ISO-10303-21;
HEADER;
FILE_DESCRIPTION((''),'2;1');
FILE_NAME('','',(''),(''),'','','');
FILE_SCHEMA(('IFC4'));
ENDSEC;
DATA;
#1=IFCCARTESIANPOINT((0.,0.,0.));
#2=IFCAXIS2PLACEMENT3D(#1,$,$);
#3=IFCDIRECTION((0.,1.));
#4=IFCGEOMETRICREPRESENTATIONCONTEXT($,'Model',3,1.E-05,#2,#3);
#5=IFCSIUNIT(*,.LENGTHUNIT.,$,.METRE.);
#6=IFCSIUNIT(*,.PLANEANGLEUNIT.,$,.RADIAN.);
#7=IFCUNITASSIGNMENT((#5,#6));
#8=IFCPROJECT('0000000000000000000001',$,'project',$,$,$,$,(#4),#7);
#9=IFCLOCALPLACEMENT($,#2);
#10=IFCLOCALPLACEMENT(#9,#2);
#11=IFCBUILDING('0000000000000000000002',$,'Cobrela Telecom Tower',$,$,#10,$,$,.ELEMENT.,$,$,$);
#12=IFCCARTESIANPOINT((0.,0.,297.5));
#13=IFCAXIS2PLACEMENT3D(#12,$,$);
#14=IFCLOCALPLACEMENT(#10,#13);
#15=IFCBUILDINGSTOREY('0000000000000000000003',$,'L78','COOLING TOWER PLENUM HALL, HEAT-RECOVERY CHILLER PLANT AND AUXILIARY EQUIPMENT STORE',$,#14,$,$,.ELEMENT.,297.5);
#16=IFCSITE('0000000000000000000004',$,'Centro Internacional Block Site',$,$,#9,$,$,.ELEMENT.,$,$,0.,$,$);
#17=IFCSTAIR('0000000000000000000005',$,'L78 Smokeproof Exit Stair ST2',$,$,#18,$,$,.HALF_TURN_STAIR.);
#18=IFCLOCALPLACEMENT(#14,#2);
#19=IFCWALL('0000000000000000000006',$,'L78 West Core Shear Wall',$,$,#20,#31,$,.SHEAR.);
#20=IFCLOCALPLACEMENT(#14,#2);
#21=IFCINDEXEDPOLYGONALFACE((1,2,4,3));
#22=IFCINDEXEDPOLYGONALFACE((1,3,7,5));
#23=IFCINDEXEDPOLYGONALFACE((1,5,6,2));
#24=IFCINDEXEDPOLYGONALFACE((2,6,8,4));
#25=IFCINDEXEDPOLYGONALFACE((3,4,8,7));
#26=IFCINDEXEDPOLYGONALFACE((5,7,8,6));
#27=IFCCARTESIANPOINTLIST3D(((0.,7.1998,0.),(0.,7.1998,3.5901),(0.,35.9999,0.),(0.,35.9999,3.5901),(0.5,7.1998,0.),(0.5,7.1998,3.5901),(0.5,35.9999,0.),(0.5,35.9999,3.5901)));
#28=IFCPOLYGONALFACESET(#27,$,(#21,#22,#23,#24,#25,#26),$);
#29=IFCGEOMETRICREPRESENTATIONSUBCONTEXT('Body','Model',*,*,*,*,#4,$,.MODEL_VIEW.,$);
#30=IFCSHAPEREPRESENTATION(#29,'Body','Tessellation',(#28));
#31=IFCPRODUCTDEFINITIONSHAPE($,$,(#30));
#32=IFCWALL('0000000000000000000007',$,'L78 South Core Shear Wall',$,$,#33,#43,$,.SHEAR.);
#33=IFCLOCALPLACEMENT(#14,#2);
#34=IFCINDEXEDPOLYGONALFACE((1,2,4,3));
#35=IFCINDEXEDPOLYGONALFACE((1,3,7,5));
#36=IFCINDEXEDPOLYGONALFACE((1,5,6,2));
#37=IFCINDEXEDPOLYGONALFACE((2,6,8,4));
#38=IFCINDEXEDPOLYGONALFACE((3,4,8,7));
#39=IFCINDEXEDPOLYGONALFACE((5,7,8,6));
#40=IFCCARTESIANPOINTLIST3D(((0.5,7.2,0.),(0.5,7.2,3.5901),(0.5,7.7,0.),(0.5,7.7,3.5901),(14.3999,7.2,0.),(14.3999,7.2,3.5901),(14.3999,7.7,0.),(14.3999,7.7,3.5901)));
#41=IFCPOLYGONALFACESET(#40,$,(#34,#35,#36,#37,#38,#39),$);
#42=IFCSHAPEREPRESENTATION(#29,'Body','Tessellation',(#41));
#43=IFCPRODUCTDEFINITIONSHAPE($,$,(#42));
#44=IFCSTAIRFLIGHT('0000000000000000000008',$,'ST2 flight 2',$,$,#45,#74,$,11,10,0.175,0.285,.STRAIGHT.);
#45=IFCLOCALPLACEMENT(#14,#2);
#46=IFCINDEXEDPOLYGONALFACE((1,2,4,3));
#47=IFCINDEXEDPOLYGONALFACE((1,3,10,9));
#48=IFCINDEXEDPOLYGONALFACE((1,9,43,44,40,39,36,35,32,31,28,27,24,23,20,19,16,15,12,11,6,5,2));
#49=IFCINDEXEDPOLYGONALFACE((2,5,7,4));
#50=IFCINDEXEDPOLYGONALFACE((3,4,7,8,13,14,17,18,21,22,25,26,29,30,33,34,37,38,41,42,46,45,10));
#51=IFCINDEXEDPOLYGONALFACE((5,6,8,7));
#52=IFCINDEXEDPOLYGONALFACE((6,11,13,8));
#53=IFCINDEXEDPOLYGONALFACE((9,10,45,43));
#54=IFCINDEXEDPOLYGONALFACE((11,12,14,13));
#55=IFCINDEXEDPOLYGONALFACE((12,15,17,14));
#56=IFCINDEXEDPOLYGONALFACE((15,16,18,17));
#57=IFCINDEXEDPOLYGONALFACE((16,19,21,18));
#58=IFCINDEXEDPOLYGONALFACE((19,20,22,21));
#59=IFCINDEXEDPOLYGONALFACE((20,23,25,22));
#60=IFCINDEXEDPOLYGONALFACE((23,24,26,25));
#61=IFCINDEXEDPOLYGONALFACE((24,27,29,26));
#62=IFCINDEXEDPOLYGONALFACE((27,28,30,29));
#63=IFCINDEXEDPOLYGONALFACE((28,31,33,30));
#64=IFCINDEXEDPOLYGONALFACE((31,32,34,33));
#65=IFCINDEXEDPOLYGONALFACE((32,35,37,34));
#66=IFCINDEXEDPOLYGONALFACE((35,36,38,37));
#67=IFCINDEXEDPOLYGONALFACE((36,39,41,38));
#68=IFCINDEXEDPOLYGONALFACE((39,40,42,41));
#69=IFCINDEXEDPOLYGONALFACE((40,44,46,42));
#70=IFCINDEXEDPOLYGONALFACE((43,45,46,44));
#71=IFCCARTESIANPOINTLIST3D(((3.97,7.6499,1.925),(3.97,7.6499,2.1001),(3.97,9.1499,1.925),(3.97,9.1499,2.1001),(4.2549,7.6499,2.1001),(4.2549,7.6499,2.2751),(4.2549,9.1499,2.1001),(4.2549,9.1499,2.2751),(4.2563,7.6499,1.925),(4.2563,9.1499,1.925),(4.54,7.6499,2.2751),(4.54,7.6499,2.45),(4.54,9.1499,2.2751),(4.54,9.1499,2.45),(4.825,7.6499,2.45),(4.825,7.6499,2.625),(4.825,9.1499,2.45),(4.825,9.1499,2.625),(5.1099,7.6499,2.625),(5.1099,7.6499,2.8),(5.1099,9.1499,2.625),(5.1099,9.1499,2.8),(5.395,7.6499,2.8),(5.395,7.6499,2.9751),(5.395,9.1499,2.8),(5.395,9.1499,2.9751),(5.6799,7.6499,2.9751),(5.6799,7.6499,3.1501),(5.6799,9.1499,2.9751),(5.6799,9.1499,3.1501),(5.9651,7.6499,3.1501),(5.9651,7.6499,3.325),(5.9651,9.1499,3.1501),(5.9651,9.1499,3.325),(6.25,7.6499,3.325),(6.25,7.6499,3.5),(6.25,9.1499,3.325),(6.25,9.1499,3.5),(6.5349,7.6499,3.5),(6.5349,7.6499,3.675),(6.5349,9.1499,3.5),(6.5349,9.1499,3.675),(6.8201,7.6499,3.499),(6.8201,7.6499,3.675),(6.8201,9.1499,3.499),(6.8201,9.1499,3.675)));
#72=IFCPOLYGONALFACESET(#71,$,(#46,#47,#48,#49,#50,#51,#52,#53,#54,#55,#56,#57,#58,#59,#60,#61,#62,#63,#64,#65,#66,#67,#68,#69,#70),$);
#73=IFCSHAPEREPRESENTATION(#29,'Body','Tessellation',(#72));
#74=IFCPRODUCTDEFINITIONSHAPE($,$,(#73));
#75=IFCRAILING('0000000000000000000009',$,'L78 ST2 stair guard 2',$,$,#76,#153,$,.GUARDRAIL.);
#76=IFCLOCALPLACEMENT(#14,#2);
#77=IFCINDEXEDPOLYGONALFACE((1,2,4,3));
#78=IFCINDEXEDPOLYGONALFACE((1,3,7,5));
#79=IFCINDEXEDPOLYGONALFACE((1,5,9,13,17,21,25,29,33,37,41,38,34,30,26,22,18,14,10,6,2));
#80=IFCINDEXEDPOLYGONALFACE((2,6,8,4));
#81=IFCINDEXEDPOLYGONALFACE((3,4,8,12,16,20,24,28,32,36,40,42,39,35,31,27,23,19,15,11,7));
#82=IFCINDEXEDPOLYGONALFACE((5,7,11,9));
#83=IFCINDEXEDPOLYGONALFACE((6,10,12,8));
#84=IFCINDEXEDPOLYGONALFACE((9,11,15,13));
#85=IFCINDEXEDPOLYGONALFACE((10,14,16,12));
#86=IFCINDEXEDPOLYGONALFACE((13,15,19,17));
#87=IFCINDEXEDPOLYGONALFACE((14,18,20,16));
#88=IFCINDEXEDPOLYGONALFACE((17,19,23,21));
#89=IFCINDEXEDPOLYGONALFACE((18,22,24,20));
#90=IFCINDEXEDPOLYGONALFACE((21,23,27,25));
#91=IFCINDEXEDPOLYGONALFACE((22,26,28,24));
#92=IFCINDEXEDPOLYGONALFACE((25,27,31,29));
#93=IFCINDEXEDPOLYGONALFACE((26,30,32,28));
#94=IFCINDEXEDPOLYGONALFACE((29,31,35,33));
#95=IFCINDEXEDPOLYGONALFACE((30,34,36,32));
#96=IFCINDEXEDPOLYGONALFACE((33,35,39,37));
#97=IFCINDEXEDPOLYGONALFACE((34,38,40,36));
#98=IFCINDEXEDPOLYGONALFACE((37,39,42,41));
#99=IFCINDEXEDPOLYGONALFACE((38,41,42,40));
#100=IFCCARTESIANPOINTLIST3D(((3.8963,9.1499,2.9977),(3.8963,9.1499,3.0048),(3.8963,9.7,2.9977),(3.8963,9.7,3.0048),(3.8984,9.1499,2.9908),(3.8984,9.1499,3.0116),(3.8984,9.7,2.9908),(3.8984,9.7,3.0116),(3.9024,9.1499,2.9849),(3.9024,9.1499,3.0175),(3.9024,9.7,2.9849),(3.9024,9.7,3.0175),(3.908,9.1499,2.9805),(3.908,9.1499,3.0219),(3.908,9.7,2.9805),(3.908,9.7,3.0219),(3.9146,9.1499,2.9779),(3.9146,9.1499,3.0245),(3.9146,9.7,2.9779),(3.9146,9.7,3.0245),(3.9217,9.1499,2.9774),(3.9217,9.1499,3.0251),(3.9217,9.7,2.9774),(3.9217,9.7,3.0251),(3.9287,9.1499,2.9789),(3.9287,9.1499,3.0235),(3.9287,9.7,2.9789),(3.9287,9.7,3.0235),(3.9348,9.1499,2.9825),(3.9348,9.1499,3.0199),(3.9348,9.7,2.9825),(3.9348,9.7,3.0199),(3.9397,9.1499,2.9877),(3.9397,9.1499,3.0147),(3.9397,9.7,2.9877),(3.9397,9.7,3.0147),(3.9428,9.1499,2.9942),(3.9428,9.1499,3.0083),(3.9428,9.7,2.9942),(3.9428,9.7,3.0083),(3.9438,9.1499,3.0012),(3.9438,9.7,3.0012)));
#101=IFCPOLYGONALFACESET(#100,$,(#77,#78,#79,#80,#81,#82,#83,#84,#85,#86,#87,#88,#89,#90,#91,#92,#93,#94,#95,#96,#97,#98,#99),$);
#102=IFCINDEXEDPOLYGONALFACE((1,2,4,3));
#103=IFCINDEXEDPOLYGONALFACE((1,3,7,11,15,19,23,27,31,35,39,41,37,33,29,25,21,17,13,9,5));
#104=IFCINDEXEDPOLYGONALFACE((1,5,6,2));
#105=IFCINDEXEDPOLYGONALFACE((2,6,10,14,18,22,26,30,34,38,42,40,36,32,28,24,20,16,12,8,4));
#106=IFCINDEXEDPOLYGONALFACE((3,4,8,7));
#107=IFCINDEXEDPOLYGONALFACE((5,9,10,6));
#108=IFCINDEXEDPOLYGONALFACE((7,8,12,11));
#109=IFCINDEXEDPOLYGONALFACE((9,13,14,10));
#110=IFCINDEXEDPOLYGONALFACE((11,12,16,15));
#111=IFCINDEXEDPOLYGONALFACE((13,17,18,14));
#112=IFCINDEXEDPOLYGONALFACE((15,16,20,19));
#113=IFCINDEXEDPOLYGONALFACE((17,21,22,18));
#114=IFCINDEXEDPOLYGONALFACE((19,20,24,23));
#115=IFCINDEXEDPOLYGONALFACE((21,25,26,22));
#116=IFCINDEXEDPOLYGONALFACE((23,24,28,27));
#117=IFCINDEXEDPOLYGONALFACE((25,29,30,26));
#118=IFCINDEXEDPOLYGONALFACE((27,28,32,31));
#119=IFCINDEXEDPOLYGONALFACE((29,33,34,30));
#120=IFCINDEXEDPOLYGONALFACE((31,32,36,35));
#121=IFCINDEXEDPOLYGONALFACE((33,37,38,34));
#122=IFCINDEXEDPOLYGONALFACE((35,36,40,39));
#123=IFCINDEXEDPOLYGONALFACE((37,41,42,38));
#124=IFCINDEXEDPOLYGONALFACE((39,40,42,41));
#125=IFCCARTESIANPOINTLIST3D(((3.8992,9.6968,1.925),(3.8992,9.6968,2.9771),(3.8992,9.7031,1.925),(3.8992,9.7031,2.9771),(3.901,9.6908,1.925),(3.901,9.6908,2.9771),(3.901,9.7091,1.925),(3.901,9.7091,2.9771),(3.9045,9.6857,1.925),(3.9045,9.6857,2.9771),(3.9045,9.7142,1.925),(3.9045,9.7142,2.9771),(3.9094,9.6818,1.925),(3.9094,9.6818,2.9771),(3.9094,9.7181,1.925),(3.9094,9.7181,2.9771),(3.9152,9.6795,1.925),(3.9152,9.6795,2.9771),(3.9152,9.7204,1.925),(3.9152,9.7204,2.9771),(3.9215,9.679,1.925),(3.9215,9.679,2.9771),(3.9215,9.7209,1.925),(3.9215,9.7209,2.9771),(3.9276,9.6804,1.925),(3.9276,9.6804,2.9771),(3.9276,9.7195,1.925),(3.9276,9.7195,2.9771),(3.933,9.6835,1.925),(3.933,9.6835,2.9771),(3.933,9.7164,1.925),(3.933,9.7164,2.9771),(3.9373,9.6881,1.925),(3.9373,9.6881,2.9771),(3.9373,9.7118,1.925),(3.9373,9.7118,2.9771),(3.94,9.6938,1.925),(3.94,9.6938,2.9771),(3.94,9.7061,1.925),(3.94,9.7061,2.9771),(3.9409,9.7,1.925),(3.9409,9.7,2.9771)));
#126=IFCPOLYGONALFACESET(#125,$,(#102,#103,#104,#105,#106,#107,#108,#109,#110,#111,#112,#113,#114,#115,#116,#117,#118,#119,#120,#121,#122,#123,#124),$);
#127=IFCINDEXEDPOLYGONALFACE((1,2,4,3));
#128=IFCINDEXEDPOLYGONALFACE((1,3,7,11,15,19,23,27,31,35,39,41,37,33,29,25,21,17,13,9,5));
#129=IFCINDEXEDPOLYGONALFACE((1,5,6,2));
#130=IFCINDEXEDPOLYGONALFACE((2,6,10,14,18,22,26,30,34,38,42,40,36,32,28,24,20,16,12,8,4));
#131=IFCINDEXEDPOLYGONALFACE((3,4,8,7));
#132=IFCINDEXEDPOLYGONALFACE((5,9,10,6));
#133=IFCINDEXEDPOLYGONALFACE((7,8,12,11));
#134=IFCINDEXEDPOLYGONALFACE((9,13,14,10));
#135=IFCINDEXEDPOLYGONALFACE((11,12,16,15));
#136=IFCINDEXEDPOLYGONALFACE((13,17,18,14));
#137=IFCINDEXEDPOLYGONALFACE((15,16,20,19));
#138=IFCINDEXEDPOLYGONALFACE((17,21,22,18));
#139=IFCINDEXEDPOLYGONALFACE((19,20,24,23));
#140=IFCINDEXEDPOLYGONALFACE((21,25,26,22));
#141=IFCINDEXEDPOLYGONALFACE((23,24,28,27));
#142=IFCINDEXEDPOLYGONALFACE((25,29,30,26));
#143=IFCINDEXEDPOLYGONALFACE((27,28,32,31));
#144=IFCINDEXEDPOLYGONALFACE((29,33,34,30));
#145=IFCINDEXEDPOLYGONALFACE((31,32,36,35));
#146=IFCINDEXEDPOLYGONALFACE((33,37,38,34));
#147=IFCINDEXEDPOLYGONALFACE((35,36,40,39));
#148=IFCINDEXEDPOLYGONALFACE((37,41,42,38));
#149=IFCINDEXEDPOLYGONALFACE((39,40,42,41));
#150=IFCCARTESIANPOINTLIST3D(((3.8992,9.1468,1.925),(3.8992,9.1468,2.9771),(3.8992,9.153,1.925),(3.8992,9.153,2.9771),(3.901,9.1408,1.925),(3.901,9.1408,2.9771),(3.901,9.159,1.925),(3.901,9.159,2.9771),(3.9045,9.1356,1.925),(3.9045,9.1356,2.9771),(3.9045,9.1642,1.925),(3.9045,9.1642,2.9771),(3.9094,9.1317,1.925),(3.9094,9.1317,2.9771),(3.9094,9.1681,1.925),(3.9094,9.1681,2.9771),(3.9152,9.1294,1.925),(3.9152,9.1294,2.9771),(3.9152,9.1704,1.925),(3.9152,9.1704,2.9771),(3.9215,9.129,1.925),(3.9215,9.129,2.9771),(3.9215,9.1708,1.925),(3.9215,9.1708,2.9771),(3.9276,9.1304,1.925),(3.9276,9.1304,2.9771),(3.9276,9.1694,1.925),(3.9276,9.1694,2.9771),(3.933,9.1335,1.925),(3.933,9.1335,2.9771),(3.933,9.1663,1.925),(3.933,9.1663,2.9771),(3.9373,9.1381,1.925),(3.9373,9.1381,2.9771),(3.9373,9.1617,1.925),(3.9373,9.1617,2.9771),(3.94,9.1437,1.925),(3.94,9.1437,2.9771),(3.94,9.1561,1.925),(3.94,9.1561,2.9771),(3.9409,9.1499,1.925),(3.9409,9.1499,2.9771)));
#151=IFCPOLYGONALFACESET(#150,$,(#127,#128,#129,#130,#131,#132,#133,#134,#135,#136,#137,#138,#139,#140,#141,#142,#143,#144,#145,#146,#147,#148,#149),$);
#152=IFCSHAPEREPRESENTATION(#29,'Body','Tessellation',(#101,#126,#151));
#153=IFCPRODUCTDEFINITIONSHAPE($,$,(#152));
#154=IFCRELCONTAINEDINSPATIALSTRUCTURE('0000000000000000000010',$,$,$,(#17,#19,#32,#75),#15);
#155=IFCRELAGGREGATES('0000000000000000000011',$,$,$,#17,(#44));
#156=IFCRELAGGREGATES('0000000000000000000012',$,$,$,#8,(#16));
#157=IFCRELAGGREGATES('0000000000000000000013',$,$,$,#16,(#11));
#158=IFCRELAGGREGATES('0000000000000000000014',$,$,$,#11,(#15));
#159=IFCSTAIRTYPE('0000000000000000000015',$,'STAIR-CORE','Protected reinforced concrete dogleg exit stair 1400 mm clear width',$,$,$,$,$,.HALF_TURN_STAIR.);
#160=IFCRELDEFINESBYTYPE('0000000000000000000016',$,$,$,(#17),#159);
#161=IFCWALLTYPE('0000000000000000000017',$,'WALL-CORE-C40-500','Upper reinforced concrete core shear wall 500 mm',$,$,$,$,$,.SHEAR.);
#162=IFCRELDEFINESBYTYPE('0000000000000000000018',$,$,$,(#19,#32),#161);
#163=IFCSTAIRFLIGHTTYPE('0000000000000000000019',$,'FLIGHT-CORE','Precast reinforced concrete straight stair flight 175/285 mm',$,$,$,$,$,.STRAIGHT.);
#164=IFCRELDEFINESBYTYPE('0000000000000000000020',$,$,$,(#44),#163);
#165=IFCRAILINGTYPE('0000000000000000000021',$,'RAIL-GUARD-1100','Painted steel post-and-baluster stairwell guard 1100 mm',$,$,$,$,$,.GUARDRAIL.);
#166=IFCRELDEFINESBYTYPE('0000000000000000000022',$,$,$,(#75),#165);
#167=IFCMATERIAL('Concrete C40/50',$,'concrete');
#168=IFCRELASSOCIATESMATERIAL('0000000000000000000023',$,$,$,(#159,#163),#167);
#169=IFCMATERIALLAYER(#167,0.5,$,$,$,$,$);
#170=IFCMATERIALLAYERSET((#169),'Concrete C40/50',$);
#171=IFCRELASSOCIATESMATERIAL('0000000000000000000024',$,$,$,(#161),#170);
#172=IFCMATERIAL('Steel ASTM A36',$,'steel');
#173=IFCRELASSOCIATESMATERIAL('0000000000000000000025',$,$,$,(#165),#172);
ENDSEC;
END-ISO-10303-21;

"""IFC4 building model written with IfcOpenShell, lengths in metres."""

from ifc_helpers import new_model, si_unit, direction, frame, frame_2d, origin, origin_2d, place, context, subcontext, project, spatial, polyline, rectangle, circle, outline, extrude, material, layer, layer_set, type_object, element, aggregate, save


model = new_model("IFC4")

# Units and contexts
model_context = context("Model", 3, precision=1e-05, world=origin(), true_north=direction((0.0, 1.0)))
body_context = subcontext(model_context, "Body", "Model", "MODEL_VIEW")
ifc_project = project(units=[si_unit("LENGTHUNIT", "METRE"), si_unit("PLANEANGLEUNIT", "RADIAN")], contexts=[model_context])

# Site, building, storey
site_placement = place(None, origin())
site = spatial("IfcSite", under=ifc_project, at=site_placement, Name="Centro Internacional Block Site", CompositionType="ELEMENT", RefElevation=0.0)
building_placement = place(site_placement, origin())
building = spatial("IfcBuilding", under=site, at=building_placement, Name="Cobrela Telecom Tower", CompositionType="ELEMENT")
storey_placement = place(building_placement, frame((0.0, 0.0, 297.5)))
storey = spatial("IfcBuildingStorey", under=building, at=storey_placement, Name="L78", Description="COOLING TOWER PLENUM HALL, HEAT-RECOVERY CHILLER PLANT AND AUXILIARY EQUIPMENT STORE", CompositionType="ELEMENT", Elevation=297.5)

# Shared definitions
ifc_material_1 = material(Name="Concrete C40/50", Category="concrete")

# Stair
stair_type = type_object("IfcStairType", Name="STAIR-CORE", Description="Protected reinforced concrete dogleg exit stair 1400 mm clear width", PredefinedType="HALF_TURN_STAIR", material=ifc_material_1)
stair_1_placement = place(storey_placement, origin())
stair_1 = element("IfcStair", 1, at=stair_1_placement, inside=storey, type_object=stair_type, Name="L78 Smokeproof Exit Stair ST2", PredefinedType="HALF_TURN_STAIR")

# Walls
ifc_layer_1 = layer(ifc_material_1, 0.5)
ifc_layer_set_1 = layer_set([ifc_layer_1], Name="Concrete C40/50")
wall_type_1 = type_object("IfcWallType", Name="WALL-CORE-C40-500", Description="Upper reinforced concrete core shear wall 500 mm", PredefinedType="SHEAR", material=ifc_layer_set_1)
wall_1_placement = place(storey_placement, frame((0.25, 7.2, 0.0), z_axis=(0.0, 0.0, 1.0), x_axis=(0.0, 1.0, 0.0)))
element("IfcWall", 2, at=wall_1_placement, inside=storey, type_object=wall_type_1, Name="L78 West Core Shear Wall", PredefinedType="SHEAR", context=body_context, shape_type="SweptSolid", body=[
    extrude(rectangle(XDim=28.8, YDim=0.5, at=frame_2d((14.3999, 0.0))), origin(), (0.0, 0.0, 1.0), 3.5901),
])
wall_2_placement = place(storey_placement, frame((0.5, 7.45, 0.0), z_axis=(0.0, 0.0, 1.0), x_axis=(1.0, 0.0, 0.0)))
element("IfcWall", 3, at=wall_2_placement, inside=storey, type_object=wall_type_1, Name="L78 South Core Shear Wall", PredefinedType="SHEAR", context=body_context, shape_type="SweptSolid", body=[
    extrude(rectangle(XDim=13.8999, YDim=0.5, at=frame_2d((6.95, 0.0))), origin(), (0.0, 0.0, 1.0), 3.5901),
])

# Shared definitions
ifc_material_2 = material(Name="Steel ASTM A36", Category="steel")

# Stair flight
stair_flight_type = type_object("IfcStairFlightType", Name="FLIGHT-CORE", Description="Precast reinforced concrete straight stair flight 175/285 mm", PredefinedType="STRAIGHT", material=ifc_material_1)
stair_flight_placement = place(storey_placement, frame((3.97, 8.3999, 1.925), z_axis=(0.0, 0.0, 1.0), x_axis=(1.0, 0.0, 0.0)))
stair_flight = element("IfcStairFlight", 4, at=stair_flight_placement, type_object=stair_flight_type, Name="ST2 flight 2", NumberOfRisers=11, NumberOfTreads=10, PredefinedType="STRAIGHT", RiserHeight=0.175, TreadLength=0.285, context=body_context, shape_type="SweptSolid", body=[
    extrude(outline(polyline([(0.0, 0.0), (0.0, 0.175), (0.2849, 0.175), (0.2849, 0.3501), (0.5701, 0.3501), (0.5701, 0.5249), (0.855, 0.5249), (0.855, 0.7), (1.1399, 0.7), (1.1399, 0.875), (1.425, 0.875), (1.425, 1.05), (1.71, 1.05), (1.71, 1.2251), (1.9951, 1.2251), (1.9951, 1.3999), (2.28, 1.3999), (2.28, 1.575), (2.5649, 1.575), (2.5649, 1.75), (2.8501, 1.75), (2.8501, 1.925), (2.8501, 1.574), (0.2864, 0.0), (0.0, 0.0)])), frame((0.0, 0.75, 0.0), z_axis=(0.0, -1.0, 0.0), x_axis=(1.0, 0.0, 0.0)), (0.0, 0.0, 1.0), 1.5),
])
aggregate(stair_1, [stair_flight])

# Railing
railing_type_1 = type_object("IfcRailingType", Name="RAIL-GUARD-1100", Description="Painted steel post-and-baluster stairwell guard 1100 mm", PredefinedType="GUARDRAIL", material=ifc_material_2)
railing_1_placement = place(storey_placement, frame((3.9199, 9.7, 1.925)))
element("IfcRailing", 5, at=railing_1_placement, inside=storey, type_object=railing_type_1, Name="L78 ST2 stair guard 2", PredefinedType="GUARDRAIL", context=body_context, shape_type="SweptSolid", body=[
    extrude(circle(Radius=0.0239, at=origin_2d()), frame((0.0, 0.0, 1.0762), z_axis=(0.0, -1.0, 0.0), x_axis=(1.0, 0.0, 0.0)), (0.0, 0.0, 1.0), 0.55),
    extrude(circle(Radius=0.021, at=origin_2d()), origin(), (0.0, 0.0, 1.0), 1.052),
    extrude(circle(Radius=0.021, at=origin_2d()), frame((0.0, -0.55, 0.0)), (0.0, 0.0, 1.0), 1.052),
])

save(model, "model.ifc")
